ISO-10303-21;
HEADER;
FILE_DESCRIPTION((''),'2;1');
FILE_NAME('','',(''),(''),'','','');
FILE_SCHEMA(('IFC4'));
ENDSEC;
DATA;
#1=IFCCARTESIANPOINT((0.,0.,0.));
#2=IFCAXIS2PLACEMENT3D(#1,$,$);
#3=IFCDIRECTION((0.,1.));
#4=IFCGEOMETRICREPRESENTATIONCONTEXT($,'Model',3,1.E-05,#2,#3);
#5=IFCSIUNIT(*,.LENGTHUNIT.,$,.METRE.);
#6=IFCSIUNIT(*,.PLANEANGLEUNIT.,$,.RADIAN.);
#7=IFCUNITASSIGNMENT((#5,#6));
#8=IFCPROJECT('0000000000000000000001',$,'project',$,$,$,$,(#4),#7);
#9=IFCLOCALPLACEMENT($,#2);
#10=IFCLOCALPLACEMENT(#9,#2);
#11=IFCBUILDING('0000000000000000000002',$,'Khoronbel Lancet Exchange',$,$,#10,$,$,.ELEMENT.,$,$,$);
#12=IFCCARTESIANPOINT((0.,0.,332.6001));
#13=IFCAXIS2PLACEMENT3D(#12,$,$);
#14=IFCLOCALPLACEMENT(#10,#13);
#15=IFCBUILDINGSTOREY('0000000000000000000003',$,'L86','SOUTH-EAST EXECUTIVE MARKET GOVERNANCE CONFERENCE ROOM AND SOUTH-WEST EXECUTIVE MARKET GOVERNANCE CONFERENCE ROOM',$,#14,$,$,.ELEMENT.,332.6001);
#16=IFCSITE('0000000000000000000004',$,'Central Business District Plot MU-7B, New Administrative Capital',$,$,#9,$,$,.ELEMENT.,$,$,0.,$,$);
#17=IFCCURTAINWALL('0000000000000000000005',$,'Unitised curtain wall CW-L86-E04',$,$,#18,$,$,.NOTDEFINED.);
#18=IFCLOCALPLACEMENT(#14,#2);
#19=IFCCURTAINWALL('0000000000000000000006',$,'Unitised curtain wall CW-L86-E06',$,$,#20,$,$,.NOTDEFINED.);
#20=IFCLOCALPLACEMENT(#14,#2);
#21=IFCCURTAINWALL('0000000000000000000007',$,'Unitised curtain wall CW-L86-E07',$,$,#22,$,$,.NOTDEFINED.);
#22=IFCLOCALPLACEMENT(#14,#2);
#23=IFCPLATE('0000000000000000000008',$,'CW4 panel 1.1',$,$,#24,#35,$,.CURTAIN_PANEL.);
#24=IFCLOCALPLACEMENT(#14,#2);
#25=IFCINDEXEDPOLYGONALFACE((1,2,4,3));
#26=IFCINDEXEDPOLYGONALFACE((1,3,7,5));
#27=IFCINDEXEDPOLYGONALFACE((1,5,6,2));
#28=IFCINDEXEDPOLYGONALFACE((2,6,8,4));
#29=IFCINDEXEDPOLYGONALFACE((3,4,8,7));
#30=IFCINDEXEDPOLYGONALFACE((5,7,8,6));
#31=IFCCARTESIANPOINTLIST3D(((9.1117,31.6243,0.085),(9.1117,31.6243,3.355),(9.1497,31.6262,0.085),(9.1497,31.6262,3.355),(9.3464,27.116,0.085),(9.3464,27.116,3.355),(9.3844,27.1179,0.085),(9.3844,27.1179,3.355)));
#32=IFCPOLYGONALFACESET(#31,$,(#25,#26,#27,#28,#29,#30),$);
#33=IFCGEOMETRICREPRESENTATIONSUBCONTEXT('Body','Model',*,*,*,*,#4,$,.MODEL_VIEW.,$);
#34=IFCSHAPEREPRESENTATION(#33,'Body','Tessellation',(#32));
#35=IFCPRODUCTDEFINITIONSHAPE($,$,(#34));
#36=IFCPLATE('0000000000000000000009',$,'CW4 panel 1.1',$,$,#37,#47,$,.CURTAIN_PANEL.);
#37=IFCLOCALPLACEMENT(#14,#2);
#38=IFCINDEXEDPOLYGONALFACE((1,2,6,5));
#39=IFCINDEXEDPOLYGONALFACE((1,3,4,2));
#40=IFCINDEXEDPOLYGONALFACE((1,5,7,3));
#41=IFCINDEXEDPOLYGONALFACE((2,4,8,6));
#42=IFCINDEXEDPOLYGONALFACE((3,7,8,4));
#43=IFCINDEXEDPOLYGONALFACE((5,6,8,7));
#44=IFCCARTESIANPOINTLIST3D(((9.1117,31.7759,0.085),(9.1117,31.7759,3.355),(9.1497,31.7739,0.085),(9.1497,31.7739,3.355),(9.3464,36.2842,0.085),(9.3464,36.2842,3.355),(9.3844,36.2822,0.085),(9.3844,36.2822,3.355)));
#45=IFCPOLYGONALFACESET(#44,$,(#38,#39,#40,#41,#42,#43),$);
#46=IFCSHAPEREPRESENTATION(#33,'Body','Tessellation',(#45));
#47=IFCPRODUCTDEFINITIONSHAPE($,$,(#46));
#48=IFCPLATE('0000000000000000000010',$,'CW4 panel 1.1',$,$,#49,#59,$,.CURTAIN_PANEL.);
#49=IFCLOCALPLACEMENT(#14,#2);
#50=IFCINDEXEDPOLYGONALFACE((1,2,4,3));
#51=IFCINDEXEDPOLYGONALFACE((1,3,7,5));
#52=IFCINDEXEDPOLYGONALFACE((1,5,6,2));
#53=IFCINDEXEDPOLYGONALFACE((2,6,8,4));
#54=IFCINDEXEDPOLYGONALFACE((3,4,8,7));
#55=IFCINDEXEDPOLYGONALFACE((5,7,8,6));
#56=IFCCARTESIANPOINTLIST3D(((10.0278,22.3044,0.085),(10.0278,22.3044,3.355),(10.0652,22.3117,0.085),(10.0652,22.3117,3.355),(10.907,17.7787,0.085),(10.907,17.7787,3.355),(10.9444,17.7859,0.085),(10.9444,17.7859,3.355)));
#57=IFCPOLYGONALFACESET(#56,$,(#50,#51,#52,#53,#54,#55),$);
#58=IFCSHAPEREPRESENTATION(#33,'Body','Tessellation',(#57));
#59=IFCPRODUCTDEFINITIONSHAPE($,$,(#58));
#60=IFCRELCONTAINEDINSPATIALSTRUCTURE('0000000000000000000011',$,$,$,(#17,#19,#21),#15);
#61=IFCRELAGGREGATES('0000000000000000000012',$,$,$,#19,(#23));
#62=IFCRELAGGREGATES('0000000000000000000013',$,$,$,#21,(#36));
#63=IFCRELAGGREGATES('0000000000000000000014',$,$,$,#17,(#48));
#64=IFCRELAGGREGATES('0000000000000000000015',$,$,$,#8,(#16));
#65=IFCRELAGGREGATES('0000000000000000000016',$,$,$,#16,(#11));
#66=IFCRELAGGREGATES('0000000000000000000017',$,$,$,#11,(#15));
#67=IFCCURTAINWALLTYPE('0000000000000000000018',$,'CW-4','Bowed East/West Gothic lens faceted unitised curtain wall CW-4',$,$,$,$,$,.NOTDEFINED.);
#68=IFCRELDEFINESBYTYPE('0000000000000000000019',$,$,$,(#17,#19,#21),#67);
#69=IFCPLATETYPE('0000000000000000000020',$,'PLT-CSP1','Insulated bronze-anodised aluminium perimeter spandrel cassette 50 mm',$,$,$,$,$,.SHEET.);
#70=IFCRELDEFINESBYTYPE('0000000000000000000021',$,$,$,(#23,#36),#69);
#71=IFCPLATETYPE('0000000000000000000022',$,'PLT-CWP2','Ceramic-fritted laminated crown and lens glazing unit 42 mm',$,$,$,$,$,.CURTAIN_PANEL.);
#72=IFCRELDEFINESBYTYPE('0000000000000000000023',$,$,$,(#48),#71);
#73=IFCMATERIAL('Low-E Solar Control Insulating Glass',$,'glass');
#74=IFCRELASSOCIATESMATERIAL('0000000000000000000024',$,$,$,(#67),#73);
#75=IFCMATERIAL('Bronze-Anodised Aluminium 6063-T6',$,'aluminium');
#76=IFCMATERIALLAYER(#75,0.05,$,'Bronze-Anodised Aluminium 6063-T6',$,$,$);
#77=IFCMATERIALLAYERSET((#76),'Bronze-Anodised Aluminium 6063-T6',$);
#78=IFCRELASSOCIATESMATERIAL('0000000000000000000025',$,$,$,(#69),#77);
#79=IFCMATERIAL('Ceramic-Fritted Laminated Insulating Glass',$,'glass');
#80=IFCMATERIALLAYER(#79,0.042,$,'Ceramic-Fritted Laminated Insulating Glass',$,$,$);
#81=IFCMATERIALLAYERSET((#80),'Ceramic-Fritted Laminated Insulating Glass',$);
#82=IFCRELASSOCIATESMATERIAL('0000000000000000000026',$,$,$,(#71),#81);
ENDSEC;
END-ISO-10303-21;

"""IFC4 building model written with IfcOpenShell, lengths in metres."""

from ifc_helpers import new_model, si_unit, direction, frame, origin, origin_2d, place, context, subcontext, project, spatial, rectangle, extrude, material, layer, layer_set, type_object, element, aggregate, save


model = new_model("IFC4")

# Units and contexts
model_context = context("Model", 3, precision=1e-05, world=origin(), true_north=direction((0.0, 1.0)))
body_context = subcontext(model_context, "Body", "Model", "MODEL_VIEW")
ifc_project = project(units=[si_unit("LENGTHUNIT", "METRE"), si_unit("PLANEANGLEUNIT", "RADIAN")], contexts=[model_context])

# Site, building, storey
site_placement = place(None, origin())
site = spatial("IfcSite", under=ifc_project, at=site_placement, Name="Central Business District Plot MU-7B, New Administrative Capital", CompositionType="ELEMENT", RefElevation=0.0)
building_placement = place(site_placement, origin())
building = spatial("IfcBuilding", under=site, at=building_placement, Name="Khoronbel Lancet Exchange", CompositionType="ELEMENT")
storey_placement = place(building_placement, frame((0.0, 0.0, 332.6001)))
storey = spatial("IfcBuildingStorey", under=building, at=storey_placement, Name="L86", Description="SOUTH-EAST EXECUTIVE MARKET GOVERNANCE CONFERENCE ROOM AND SOUTH-WEST EXECUTIVE MARKET GOVERNANCE CONFERENCE ROOM", CompositionType="ELEMENT", Elevation=332.6001)

# Curtain walls
ifc_material_1 = material(Name="Low-E Solar Control Insulating Glass", Category="glass")
curtain_wall_type = type_object("IfcCurtainWallType", Name="CW-4", Description="Bowed East/West Gothic lens faceted unitised curtain wall CW-4", PredefinedType="NOTDEFINED", material=ifc_material_1)
curtain_wall_1_placement = place(storey_placement, origin())
curtain_wall_1 = element("IfcCurtainWall", 1, at=curtain_wall_1_placement, inside=storey, type_object=curtain_wall_type, Name="Unitised curtain wall CW-L86-E04", PredefinedType="NOTDEFINED")
ifc_material_2 = material(Name="Bronze-Anodised Aluminium 6063-T6", Category="aluminium")
curtain_wall_2_placement = place(storey_placement, origin())
curtain_wall_2 = element("IfcCurtainWall", 2, at=curtain_wall_2_placement, inside=storey, type_object=curtain_wall_type, Name="Unitised curtain wall CW-L86-E06", PredefinedType="NOTDEFINED")

# Curtain wall
curtain_wall_3_placement = place(storey_placement, origin())
curtain_wall_3 = element("IfcCurtainWall", 3, at=curtain_wall_3_placement, inside=storey, type_object=curtain_wall_type, Name="Unitised curtain wall CW-L86-E07", PredefinedType="NOTDEFINED")

# Plates
ifc_layer_1 = layer(ifc_material_2, 0.05, Name="Bronze-Anodised Aluminium 6063-T6")
ifc_layer_set_1 = layer_set([ifc_layer_1], Name="Bronze-Anodised Aluminium 6063-T6")
plate_type_1 = type_object("IfcPlateType", Name="PLT-CSP1", Description="Insulated bronze-anodised aluminium perimeter spandrel cassette 50 mm", PredefinedType="SHEET", material=ifc_layer_set_1)
plate_1_placement = place(storey_placement, frame((9.248, 29.3711, 0.085), z_axis=(0.0, 0.0, 1.0), x_axis=(-0.051991, 0.998648, 0.0)))
plate_1 = element("IfcPlate", 4, at=plate_1_placement, type_object=plate_type_1, Name="CW4 panel 1.1", PredefinedType="CURTAIN_PANEL", context=body_context, shape_type="SweptSolid", body=[
    extrude(rectangle(XDim=4.5144, YDim=0.0381, at=origin_2d()), origin(), (0.0, 0.0, 1.0), 3.27),
])
aggregate(curtain_wall_2, [plate_1])
plate_2_placement = place(storey_placement, frame((9.248, 34.0291, 0.085), z_axis=(0.0, 0.0, 1.0), x_axis=(0.051991, 0.998648, 0.0)))
plate_2 = element("IfcPlate", 5, at=plate_2_placement, type_object=plate_type_1, Name="CW4 panel 1.1", PredefinedType="CURTAIN_PANEL", context=body_context, shape_type="SweptSolid", body=[
    extrude(rectangle(XDim=4.5144, YDim=0.0381, at=origin_2d()), origin(), (0.0, 0.0, 1.0), 3.27),
])
aggregate(curtain_wall_3, [plate_2])
ifc_material_3 = material(Name="Ceramic-Fritted Laminated Insulating Glass", Category="glass")
ifc_layer_2 = layer(ifc_material_3, 0.042, Name="Ceramic-Fritted Laminated Insulating Glass")
ifc_layer_set_2 = layer_set([ifc_layer_2], Name="Ceramic-Fritted Laminated Insulating Glass")
plate_type_2 = type_object("IfcPlateType", Name="PLT-CWP2", Description="Ceramic-fritted laminated crown and lens glazing unit 42 mm", PredefinedType="CURTAIN_PANEL", material=ifc_layer_set_2)
plate_3_placement = place(storey_placement, frame((10.4861, 20.0452, 0.085), z_axis=(0.0, 0.0, 1.0), x_axis=(-0.190704, 0.981648, 0.0)))
plate_3 = element("IfcPlate", 6, at=plate_3_placement, type_object=plate_type_2, Name="CW4 panel 1.1", PredefinedType="CURTAIN_PANEL", context=body_context, shape_type="SweptSolid", body=[
    extrude(rectangle(XDim=4.6104, YDim=0.0381, at=origin_2d()), origin(), (0.0, 0.0, 1.0), 3.27),
])
aggregate(curtain_wall_1, [plate_3])

save(model, "model.ifc")
